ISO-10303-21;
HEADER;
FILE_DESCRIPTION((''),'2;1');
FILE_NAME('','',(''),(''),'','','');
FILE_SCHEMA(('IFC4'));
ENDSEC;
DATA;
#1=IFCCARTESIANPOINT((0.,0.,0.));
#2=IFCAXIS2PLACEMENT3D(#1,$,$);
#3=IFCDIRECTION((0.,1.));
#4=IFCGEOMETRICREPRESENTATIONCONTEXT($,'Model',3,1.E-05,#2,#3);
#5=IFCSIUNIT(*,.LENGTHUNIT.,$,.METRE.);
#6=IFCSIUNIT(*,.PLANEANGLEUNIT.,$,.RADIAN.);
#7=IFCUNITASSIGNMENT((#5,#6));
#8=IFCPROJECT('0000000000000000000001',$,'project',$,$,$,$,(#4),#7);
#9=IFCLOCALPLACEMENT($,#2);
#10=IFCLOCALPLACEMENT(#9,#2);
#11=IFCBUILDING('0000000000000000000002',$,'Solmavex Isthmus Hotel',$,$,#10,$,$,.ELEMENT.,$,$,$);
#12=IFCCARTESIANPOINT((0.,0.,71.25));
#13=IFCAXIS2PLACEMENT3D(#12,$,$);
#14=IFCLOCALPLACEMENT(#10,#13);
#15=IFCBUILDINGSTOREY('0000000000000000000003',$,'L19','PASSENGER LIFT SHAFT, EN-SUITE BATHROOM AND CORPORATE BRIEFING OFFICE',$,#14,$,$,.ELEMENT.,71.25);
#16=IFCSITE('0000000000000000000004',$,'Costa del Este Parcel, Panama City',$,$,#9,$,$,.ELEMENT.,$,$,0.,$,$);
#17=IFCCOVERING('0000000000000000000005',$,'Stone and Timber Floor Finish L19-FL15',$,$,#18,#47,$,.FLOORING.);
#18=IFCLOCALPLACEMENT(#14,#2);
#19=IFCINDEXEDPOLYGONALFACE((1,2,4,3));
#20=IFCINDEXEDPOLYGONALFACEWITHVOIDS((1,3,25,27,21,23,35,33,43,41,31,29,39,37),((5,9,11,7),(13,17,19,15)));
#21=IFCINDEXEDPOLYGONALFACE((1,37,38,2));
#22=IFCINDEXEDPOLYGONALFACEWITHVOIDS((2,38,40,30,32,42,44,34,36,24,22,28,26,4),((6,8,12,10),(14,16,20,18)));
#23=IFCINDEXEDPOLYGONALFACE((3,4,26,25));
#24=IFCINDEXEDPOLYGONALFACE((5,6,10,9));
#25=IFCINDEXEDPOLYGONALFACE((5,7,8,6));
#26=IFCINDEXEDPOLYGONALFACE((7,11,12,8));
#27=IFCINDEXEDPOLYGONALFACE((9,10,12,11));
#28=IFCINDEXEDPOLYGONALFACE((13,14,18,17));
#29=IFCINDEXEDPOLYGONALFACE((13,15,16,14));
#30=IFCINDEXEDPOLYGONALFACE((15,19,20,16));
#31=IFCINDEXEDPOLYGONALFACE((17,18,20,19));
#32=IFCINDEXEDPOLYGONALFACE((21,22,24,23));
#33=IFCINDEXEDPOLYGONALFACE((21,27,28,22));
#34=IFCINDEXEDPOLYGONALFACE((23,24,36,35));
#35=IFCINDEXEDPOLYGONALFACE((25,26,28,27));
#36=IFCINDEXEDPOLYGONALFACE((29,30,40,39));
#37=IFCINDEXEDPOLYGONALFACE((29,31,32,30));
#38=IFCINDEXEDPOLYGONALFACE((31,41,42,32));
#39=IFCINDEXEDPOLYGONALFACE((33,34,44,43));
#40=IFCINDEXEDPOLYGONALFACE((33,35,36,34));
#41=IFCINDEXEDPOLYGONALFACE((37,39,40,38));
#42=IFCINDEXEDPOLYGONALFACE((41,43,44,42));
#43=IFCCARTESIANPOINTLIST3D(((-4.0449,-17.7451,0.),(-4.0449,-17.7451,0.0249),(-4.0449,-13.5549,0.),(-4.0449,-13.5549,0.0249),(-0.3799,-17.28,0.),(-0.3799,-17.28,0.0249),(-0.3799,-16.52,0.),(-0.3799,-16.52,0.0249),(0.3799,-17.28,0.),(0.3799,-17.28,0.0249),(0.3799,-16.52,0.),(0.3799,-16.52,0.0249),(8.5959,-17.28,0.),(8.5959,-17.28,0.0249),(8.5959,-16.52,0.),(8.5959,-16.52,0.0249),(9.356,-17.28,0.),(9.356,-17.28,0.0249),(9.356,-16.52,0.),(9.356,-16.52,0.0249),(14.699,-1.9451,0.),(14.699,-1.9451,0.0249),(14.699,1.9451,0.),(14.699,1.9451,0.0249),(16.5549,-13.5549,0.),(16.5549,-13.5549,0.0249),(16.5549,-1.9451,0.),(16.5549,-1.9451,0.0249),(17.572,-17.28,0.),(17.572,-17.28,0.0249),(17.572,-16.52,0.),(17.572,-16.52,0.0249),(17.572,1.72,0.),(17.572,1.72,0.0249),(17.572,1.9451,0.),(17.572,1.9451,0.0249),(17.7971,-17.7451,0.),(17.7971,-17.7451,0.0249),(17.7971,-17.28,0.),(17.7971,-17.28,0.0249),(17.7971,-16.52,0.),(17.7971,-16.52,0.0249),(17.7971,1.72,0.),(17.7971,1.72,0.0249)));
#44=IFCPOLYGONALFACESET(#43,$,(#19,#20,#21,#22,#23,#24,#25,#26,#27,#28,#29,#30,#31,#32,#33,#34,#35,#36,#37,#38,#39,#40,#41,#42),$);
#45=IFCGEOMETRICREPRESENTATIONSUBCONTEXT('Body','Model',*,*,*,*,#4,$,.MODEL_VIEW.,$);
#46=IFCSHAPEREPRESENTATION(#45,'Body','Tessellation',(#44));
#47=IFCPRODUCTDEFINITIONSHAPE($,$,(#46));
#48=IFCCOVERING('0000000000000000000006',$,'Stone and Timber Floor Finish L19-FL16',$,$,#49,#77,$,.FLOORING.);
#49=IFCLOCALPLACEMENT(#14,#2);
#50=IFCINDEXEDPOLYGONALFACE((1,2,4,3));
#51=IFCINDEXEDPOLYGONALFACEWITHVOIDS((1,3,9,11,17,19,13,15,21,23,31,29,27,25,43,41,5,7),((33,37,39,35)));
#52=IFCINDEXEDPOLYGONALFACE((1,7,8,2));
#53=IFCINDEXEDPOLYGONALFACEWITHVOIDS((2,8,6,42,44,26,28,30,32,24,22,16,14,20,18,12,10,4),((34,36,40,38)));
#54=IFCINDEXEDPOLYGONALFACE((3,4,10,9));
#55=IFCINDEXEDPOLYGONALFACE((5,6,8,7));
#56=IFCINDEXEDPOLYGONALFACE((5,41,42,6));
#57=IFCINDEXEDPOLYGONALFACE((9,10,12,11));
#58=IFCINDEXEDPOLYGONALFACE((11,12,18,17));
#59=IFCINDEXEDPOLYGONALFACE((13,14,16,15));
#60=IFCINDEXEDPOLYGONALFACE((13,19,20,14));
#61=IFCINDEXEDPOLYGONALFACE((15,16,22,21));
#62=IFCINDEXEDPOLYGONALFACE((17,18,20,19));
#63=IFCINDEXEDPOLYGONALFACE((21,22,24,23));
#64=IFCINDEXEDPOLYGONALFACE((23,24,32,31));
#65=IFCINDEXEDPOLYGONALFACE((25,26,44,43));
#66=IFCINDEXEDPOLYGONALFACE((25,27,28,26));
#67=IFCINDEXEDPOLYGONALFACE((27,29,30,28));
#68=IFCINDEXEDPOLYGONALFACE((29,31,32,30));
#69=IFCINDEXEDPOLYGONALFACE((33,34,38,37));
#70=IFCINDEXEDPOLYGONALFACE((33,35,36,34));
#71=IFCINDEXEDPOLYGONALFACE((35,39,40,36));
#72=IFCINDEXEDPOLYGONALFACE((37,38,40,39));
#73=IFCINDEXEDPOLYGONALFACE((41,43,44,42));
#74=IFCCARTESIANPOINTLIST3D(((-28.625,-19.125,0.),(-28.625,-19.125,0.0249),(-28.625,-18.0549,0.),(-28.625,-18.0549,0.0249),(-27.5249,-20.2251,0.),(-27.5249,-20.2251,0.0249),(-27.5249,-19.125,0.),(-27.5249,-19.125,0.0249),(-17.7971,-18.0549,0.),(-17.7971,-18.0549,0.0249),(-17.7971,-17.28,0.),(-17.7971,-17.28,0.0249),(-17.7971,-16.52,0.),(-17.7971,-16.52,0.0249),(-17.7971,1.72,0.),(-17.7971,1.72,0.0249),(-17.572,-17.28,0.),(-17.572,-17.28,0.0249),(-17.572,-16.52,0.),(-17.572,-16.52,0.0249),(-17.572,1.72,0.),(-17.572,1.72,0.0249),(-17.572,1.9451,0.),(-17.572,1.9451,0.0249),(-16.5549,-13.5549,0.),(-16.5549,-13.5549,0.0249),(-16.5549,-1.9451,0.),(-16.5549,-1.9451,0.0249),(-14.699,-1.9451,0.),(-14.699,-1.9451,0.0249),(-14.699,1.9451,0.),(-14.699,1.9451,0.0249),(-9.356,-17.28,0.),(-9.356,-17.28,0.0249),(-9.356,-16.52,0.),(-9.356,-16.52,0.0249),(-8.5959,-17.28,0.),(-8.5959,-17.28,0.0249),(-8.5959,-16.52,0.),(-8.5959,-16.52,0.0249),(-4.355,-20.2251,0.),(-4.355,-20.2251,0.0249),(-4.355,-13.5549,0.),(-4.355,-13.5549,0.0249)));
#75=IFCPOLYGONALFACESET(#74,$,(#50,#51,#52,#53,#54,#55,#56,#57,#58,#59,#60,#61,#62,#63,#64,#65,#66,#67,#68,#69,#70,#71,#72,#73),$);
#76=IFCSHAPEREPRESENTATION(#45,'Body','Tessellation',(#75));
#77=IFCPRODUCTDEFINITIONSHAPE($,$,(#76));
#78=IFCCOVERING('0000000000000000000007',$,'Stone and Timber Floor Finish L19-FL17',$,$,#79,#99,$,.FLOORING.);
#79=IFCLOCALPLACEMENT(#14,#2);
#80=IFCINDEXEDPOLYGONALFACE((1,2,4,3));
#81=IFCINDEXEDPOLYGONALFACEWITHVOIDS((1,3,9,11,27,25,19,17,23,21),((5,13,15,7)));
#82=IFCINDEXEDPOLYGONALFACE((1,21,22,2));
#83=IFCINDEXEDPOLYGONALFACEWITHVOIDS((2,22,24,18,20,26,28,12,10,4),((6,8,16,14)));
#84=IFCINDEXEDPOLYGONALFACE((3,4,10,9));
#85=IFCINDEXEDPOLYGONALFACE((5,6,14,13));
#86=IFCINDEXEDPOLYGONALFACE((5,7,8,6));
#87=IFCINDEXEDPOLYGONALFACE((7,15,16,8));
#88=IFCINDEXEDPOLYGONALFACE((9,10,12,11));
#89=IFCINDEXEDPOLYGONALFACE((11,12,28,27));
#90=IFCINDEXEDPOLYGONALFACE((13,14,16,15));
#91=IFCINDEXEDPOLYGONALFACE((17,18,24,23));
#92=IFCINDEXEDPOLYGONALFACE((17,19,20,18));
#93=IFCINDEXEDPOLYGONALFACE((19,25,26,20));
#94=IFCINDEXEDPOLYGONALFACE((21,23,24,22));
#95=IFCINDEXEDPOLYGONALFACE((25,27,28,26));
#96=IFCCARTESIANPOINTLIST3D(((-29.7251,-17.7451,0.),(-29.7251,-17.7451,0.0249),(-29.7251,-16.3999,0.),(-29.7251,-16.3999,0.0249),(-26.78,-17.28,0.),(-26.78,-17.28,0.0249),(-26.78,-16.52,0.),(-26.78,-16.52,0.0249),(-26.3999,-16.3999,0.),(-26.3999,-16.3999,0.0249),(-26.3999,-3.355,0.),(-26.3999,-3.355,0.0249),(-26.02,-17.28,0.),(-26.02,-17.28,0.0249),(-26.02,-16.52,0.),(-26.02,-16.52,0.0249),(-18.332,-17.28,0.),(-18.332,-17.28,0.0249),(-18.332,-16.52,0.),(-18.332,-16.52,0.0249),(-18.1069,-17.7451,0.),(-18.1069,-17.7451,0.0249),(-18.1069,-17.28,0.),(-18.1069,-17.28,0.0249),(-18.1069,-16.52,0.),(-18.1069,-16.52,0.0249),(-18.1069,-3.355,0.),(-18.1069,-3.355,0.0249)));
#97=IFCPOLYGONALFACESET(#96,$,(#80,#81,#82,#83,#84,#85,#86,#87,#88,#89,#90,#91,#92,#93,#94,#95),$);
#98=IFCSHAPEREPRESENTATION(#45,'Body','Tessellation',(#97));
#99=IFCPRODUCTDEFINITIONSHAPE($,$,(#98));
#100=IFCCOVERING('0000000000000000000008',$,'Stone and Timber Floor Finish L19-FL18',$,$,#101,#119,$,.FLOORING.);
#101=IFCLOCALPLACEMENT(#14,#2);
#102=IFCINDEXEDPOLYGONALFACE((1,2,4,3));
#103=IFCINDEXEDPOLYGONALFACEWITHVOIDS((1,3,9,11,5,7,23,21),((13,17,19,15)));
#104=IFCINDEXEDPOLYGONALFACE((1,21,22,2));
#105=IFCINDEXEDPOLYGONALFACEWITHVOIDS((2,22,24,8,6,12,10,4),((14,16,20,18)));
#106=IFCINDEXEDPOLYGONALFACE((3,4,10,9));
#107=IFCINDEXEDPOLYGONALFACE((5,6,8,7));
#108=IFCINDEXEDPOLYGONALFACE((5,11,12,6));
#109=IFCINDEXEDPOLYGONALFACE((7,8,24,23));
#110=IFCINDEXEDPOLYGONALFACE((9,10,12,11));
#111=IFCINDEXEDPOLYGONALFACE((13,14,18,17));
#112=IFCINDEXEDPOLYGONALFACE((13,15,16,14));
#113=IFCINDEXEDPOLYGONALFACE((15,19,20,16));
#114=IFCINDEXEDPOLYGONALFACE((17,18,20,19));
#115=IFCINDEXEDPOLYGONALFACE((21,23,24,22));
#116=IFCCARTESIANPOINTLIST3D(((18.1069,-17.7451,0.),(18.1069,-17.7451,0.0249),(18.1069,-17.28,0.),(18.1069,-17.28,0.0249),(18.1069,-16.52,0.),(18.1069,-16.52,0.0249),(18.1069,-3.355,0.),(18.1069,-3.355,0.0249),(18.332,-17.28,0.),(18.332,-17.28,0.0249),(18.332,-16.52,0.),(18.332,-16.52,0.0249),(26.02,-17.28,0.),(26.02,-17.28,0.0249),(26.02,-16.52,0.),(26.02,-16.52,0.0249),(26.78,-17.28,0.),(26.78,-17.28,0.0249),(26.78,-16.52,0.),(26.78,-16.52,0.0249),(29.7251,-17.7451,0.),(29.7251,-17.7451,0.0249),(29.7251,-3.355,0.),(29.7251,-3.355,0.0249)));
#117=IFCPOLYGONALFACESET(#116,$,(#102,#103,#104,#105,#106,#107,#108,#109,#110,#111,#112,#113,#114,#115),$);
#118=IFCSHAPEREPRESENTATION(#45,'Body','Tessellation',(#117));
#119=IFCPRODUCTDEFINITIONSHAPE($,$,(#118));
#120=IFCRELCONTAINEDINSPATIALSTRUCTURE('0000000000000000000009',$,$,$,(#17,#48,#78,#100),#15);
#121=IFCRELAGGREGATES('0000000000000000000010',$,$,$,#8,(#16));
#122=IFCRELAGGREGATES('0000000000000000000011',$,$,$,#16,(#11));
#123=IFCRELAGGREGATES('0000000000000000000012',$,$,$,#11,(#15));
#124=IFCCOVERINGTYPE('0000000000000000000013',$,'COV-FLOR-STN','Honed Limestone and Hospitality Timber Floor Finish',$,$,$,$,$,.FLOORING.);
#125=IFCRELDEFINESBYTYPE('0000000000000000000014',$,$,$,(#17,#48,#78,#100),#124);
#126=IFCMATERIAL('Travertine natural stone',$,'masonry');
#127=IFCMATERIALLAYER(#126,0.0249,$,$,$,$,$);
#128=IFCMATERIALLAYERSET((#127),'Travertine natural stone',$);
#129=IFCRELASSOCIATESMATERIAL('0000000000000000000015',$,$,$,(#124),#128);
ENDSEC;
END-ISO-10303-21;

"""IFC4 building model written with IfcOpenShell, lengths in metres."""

from ifc_helpers import new_model, si_unit, direction, frame, origin, place, context, subcontext, project, spatial, polyline, outline, extrude, material, layer, layer_set, type_object, element, save


model = new_model("IFC4")

# Units and contexts
model_context = context("Model", 3, precision=1e-05, world=origin(), true_north=direction((0.0, 1.0)))
body_context = subcontext(model_context, "Body", "Model", "MODEL_VIEW")
ifc_project = project(units=[si_unit("LENGTHUNIT", "METRE"), si_unit("PLANEANGLEUNIT", "RADIAN")], contexts=[model_context])

# Site, building, storey
site_placement = place(None, origin())
site = spatial("IfcSite", under=ifc_project, at=site_placement, Name="Costa del Este Parcel, Panama City", CompositionType="ELEMENT", RefElevation=0.0)
building_placement = place(site_placement, origin())
building = spatial("IfcBuilding", under=site, at=building_placement, Name="Solmavex Isthmus Hotel", CompositionType="ELEMENT")
storey_placement = place(building_placement, frame((0.0, 0.0, 71.25)))
storey = spatial("IfcBuildingStorey", under=building, at=storey_placement, Name="L19", Description="PASSENGER LIFT SHAFT, EN-SUITE BATHROOM AND CORPORATE BRIEFING OFFICE", CompositionType="ELEMENT", Elevation=71.25)

# Coverings
ifc_material_1 = material(Name="Travertine natural stone", Category="masonry")
ifc_layer_1 = layer(ifc_material_1, 0.0249)
ifc_layer_set_1 = layer_set([ifc_layer_1], Name="Travertine natural stone")
covering_type = type_object("IfcCoveringType", Name="COV-FLOR-STN", Description="Honed Limestone and Hospitality Timber Floor Finish", PredefinedType="FLOORING", material=ifc_layer_set_1)
covering_1_placement = place(storey_placement, origin())
element("IfcCovering", 1, at=covering_1_placement, inside=storey, type_object=covering_type, Name="Stone and Timber Floor Finish L19-FL15", PredefinedType="FLOORING", context=body_context, shape_type="SweptSolid", body=[
    extrude(outline(polyline([(17.7971, 1.72), (17.572, 1.72), (17.572, 1.9451), (14.699, 1.9451), (14.699, -1.9451), (16.5549, -1.9451), (16.5549, -13.5549), (-4.0449, -13.5549), (-4.0449, -17.7451), (17.7971, -17.7451), (17.7971, -17.28), (17.572, -17.28), (17.572, -16.52), (17.7971, -16.52), (17.7971, 1.72)]), holes=[polyline([(8.5959, -17.28), (8.5959, -16.52), (9.356, -16.52), (9.356, -17.28), (8.5959, -17.28)]), polyline([(-0.3799, -17.28), (-0.3799, -16.52), (0.3799, -16.52), (0.3799, -17.28), (-0.3799, -17.28)])]), origin(), (0.0, 0.0, 1.0), 0.0249),
])
covering_2_placement = place(storey_placement, origin())
element("IfcCovering", 2, at=covering_2_placement, inside=storey, type_object=covering_type, Name="Stone and Timber Floor Finish L19-FL16", PredefinedType="FLOORING", context=body_context, shape_type="SweptSolid", body=[
    extrude(outline(polyline([(-28.625, -18.0549), (-28.625, -19.125), (-27.5249, -19.125), (-27.5249, -20.2251), (-4.355, -20.2251), (-4.355, -13.5549), (-16.5549, -13.5549), (-16.5549, -1.9451), (-14.699, -1.9451), (-14.699, 1.9451), (-17.572, 1.9451), (-17.572, 1.72), (-17.7971, 1.72), (-17.7971, -16.52), (-17.572, -16.52), (-17.572, -17.28), (-17.7971, -17.28), (-17.7971, -18.0549), (-28.625, -18.0549)]), holes=[polyline([(-9.356, -17.28), (-9.356, -16.52), (-8.5959, -16.52), (-8.5959, -17.28), (-9.356, -17.28)])]), origin(), (0.0, 0.0, 1.0), 0.0249),
])
covering_3_placement = place(storey_placement, origin())
element("IfcCovering", 3, at=covering_3_placement, inside=storey, type_object=covering_type, Name="Stone and Timber Floor Finish L19-FL17", PredefinedType="FLOORING", context=body_context, shape_type="SweptSolid", body=[
    extrude(outline(polyline([(-18.1069, -17.28), (-18.332, -17.28), (-18.332, -16.52), (-18.1069, -16.52), (-18.1069, -3.355), (-26.3999, -3.355), (-26.3999, -16.3999), (-29.7251, -16.3999), (-29.7251, -17.7451), (-18.1069, -17.7451), (-18.1069, -17.28)]), holes=[polyline([(-26.78, -17.28), (-26.78, -16.52), (-26.02, -16.52), (-26.02, -17.28), (-26.78, -17.28)])]), origin(), (0.0, 0.0, 1.0), 0.0249),
])
covering_4_placement = place(storey_placement, origin())
element("IfcCovering", 4, at=covering_4_placement, inside=storey, type_object=covering_type, Name="Stone and Timber Floor Finish L19-FL18", PredefinedType="FLOORING", context=body_context, shape_type="SweptSolid", body=[
    extrude(outline(polyline([(18.1069, -16.52), (18.332, -16.52), (18.332, -17.28), (18.1069, -17.28), (18.1069, -17.7451), (29.7251, -17.7451), (29.7251, -3.355), (18.1069, -3.355), (18.1069, -16.52)]), holes=[polyline([(26.02, -17.28), (26.02, -16.52), (26.78, -16.52), (26.78, -17.28), (26.02, -17.28)])]), origin(), (0.0, 0.0, 1.0), 0.0249),
])

save(model, "model.ifc")
